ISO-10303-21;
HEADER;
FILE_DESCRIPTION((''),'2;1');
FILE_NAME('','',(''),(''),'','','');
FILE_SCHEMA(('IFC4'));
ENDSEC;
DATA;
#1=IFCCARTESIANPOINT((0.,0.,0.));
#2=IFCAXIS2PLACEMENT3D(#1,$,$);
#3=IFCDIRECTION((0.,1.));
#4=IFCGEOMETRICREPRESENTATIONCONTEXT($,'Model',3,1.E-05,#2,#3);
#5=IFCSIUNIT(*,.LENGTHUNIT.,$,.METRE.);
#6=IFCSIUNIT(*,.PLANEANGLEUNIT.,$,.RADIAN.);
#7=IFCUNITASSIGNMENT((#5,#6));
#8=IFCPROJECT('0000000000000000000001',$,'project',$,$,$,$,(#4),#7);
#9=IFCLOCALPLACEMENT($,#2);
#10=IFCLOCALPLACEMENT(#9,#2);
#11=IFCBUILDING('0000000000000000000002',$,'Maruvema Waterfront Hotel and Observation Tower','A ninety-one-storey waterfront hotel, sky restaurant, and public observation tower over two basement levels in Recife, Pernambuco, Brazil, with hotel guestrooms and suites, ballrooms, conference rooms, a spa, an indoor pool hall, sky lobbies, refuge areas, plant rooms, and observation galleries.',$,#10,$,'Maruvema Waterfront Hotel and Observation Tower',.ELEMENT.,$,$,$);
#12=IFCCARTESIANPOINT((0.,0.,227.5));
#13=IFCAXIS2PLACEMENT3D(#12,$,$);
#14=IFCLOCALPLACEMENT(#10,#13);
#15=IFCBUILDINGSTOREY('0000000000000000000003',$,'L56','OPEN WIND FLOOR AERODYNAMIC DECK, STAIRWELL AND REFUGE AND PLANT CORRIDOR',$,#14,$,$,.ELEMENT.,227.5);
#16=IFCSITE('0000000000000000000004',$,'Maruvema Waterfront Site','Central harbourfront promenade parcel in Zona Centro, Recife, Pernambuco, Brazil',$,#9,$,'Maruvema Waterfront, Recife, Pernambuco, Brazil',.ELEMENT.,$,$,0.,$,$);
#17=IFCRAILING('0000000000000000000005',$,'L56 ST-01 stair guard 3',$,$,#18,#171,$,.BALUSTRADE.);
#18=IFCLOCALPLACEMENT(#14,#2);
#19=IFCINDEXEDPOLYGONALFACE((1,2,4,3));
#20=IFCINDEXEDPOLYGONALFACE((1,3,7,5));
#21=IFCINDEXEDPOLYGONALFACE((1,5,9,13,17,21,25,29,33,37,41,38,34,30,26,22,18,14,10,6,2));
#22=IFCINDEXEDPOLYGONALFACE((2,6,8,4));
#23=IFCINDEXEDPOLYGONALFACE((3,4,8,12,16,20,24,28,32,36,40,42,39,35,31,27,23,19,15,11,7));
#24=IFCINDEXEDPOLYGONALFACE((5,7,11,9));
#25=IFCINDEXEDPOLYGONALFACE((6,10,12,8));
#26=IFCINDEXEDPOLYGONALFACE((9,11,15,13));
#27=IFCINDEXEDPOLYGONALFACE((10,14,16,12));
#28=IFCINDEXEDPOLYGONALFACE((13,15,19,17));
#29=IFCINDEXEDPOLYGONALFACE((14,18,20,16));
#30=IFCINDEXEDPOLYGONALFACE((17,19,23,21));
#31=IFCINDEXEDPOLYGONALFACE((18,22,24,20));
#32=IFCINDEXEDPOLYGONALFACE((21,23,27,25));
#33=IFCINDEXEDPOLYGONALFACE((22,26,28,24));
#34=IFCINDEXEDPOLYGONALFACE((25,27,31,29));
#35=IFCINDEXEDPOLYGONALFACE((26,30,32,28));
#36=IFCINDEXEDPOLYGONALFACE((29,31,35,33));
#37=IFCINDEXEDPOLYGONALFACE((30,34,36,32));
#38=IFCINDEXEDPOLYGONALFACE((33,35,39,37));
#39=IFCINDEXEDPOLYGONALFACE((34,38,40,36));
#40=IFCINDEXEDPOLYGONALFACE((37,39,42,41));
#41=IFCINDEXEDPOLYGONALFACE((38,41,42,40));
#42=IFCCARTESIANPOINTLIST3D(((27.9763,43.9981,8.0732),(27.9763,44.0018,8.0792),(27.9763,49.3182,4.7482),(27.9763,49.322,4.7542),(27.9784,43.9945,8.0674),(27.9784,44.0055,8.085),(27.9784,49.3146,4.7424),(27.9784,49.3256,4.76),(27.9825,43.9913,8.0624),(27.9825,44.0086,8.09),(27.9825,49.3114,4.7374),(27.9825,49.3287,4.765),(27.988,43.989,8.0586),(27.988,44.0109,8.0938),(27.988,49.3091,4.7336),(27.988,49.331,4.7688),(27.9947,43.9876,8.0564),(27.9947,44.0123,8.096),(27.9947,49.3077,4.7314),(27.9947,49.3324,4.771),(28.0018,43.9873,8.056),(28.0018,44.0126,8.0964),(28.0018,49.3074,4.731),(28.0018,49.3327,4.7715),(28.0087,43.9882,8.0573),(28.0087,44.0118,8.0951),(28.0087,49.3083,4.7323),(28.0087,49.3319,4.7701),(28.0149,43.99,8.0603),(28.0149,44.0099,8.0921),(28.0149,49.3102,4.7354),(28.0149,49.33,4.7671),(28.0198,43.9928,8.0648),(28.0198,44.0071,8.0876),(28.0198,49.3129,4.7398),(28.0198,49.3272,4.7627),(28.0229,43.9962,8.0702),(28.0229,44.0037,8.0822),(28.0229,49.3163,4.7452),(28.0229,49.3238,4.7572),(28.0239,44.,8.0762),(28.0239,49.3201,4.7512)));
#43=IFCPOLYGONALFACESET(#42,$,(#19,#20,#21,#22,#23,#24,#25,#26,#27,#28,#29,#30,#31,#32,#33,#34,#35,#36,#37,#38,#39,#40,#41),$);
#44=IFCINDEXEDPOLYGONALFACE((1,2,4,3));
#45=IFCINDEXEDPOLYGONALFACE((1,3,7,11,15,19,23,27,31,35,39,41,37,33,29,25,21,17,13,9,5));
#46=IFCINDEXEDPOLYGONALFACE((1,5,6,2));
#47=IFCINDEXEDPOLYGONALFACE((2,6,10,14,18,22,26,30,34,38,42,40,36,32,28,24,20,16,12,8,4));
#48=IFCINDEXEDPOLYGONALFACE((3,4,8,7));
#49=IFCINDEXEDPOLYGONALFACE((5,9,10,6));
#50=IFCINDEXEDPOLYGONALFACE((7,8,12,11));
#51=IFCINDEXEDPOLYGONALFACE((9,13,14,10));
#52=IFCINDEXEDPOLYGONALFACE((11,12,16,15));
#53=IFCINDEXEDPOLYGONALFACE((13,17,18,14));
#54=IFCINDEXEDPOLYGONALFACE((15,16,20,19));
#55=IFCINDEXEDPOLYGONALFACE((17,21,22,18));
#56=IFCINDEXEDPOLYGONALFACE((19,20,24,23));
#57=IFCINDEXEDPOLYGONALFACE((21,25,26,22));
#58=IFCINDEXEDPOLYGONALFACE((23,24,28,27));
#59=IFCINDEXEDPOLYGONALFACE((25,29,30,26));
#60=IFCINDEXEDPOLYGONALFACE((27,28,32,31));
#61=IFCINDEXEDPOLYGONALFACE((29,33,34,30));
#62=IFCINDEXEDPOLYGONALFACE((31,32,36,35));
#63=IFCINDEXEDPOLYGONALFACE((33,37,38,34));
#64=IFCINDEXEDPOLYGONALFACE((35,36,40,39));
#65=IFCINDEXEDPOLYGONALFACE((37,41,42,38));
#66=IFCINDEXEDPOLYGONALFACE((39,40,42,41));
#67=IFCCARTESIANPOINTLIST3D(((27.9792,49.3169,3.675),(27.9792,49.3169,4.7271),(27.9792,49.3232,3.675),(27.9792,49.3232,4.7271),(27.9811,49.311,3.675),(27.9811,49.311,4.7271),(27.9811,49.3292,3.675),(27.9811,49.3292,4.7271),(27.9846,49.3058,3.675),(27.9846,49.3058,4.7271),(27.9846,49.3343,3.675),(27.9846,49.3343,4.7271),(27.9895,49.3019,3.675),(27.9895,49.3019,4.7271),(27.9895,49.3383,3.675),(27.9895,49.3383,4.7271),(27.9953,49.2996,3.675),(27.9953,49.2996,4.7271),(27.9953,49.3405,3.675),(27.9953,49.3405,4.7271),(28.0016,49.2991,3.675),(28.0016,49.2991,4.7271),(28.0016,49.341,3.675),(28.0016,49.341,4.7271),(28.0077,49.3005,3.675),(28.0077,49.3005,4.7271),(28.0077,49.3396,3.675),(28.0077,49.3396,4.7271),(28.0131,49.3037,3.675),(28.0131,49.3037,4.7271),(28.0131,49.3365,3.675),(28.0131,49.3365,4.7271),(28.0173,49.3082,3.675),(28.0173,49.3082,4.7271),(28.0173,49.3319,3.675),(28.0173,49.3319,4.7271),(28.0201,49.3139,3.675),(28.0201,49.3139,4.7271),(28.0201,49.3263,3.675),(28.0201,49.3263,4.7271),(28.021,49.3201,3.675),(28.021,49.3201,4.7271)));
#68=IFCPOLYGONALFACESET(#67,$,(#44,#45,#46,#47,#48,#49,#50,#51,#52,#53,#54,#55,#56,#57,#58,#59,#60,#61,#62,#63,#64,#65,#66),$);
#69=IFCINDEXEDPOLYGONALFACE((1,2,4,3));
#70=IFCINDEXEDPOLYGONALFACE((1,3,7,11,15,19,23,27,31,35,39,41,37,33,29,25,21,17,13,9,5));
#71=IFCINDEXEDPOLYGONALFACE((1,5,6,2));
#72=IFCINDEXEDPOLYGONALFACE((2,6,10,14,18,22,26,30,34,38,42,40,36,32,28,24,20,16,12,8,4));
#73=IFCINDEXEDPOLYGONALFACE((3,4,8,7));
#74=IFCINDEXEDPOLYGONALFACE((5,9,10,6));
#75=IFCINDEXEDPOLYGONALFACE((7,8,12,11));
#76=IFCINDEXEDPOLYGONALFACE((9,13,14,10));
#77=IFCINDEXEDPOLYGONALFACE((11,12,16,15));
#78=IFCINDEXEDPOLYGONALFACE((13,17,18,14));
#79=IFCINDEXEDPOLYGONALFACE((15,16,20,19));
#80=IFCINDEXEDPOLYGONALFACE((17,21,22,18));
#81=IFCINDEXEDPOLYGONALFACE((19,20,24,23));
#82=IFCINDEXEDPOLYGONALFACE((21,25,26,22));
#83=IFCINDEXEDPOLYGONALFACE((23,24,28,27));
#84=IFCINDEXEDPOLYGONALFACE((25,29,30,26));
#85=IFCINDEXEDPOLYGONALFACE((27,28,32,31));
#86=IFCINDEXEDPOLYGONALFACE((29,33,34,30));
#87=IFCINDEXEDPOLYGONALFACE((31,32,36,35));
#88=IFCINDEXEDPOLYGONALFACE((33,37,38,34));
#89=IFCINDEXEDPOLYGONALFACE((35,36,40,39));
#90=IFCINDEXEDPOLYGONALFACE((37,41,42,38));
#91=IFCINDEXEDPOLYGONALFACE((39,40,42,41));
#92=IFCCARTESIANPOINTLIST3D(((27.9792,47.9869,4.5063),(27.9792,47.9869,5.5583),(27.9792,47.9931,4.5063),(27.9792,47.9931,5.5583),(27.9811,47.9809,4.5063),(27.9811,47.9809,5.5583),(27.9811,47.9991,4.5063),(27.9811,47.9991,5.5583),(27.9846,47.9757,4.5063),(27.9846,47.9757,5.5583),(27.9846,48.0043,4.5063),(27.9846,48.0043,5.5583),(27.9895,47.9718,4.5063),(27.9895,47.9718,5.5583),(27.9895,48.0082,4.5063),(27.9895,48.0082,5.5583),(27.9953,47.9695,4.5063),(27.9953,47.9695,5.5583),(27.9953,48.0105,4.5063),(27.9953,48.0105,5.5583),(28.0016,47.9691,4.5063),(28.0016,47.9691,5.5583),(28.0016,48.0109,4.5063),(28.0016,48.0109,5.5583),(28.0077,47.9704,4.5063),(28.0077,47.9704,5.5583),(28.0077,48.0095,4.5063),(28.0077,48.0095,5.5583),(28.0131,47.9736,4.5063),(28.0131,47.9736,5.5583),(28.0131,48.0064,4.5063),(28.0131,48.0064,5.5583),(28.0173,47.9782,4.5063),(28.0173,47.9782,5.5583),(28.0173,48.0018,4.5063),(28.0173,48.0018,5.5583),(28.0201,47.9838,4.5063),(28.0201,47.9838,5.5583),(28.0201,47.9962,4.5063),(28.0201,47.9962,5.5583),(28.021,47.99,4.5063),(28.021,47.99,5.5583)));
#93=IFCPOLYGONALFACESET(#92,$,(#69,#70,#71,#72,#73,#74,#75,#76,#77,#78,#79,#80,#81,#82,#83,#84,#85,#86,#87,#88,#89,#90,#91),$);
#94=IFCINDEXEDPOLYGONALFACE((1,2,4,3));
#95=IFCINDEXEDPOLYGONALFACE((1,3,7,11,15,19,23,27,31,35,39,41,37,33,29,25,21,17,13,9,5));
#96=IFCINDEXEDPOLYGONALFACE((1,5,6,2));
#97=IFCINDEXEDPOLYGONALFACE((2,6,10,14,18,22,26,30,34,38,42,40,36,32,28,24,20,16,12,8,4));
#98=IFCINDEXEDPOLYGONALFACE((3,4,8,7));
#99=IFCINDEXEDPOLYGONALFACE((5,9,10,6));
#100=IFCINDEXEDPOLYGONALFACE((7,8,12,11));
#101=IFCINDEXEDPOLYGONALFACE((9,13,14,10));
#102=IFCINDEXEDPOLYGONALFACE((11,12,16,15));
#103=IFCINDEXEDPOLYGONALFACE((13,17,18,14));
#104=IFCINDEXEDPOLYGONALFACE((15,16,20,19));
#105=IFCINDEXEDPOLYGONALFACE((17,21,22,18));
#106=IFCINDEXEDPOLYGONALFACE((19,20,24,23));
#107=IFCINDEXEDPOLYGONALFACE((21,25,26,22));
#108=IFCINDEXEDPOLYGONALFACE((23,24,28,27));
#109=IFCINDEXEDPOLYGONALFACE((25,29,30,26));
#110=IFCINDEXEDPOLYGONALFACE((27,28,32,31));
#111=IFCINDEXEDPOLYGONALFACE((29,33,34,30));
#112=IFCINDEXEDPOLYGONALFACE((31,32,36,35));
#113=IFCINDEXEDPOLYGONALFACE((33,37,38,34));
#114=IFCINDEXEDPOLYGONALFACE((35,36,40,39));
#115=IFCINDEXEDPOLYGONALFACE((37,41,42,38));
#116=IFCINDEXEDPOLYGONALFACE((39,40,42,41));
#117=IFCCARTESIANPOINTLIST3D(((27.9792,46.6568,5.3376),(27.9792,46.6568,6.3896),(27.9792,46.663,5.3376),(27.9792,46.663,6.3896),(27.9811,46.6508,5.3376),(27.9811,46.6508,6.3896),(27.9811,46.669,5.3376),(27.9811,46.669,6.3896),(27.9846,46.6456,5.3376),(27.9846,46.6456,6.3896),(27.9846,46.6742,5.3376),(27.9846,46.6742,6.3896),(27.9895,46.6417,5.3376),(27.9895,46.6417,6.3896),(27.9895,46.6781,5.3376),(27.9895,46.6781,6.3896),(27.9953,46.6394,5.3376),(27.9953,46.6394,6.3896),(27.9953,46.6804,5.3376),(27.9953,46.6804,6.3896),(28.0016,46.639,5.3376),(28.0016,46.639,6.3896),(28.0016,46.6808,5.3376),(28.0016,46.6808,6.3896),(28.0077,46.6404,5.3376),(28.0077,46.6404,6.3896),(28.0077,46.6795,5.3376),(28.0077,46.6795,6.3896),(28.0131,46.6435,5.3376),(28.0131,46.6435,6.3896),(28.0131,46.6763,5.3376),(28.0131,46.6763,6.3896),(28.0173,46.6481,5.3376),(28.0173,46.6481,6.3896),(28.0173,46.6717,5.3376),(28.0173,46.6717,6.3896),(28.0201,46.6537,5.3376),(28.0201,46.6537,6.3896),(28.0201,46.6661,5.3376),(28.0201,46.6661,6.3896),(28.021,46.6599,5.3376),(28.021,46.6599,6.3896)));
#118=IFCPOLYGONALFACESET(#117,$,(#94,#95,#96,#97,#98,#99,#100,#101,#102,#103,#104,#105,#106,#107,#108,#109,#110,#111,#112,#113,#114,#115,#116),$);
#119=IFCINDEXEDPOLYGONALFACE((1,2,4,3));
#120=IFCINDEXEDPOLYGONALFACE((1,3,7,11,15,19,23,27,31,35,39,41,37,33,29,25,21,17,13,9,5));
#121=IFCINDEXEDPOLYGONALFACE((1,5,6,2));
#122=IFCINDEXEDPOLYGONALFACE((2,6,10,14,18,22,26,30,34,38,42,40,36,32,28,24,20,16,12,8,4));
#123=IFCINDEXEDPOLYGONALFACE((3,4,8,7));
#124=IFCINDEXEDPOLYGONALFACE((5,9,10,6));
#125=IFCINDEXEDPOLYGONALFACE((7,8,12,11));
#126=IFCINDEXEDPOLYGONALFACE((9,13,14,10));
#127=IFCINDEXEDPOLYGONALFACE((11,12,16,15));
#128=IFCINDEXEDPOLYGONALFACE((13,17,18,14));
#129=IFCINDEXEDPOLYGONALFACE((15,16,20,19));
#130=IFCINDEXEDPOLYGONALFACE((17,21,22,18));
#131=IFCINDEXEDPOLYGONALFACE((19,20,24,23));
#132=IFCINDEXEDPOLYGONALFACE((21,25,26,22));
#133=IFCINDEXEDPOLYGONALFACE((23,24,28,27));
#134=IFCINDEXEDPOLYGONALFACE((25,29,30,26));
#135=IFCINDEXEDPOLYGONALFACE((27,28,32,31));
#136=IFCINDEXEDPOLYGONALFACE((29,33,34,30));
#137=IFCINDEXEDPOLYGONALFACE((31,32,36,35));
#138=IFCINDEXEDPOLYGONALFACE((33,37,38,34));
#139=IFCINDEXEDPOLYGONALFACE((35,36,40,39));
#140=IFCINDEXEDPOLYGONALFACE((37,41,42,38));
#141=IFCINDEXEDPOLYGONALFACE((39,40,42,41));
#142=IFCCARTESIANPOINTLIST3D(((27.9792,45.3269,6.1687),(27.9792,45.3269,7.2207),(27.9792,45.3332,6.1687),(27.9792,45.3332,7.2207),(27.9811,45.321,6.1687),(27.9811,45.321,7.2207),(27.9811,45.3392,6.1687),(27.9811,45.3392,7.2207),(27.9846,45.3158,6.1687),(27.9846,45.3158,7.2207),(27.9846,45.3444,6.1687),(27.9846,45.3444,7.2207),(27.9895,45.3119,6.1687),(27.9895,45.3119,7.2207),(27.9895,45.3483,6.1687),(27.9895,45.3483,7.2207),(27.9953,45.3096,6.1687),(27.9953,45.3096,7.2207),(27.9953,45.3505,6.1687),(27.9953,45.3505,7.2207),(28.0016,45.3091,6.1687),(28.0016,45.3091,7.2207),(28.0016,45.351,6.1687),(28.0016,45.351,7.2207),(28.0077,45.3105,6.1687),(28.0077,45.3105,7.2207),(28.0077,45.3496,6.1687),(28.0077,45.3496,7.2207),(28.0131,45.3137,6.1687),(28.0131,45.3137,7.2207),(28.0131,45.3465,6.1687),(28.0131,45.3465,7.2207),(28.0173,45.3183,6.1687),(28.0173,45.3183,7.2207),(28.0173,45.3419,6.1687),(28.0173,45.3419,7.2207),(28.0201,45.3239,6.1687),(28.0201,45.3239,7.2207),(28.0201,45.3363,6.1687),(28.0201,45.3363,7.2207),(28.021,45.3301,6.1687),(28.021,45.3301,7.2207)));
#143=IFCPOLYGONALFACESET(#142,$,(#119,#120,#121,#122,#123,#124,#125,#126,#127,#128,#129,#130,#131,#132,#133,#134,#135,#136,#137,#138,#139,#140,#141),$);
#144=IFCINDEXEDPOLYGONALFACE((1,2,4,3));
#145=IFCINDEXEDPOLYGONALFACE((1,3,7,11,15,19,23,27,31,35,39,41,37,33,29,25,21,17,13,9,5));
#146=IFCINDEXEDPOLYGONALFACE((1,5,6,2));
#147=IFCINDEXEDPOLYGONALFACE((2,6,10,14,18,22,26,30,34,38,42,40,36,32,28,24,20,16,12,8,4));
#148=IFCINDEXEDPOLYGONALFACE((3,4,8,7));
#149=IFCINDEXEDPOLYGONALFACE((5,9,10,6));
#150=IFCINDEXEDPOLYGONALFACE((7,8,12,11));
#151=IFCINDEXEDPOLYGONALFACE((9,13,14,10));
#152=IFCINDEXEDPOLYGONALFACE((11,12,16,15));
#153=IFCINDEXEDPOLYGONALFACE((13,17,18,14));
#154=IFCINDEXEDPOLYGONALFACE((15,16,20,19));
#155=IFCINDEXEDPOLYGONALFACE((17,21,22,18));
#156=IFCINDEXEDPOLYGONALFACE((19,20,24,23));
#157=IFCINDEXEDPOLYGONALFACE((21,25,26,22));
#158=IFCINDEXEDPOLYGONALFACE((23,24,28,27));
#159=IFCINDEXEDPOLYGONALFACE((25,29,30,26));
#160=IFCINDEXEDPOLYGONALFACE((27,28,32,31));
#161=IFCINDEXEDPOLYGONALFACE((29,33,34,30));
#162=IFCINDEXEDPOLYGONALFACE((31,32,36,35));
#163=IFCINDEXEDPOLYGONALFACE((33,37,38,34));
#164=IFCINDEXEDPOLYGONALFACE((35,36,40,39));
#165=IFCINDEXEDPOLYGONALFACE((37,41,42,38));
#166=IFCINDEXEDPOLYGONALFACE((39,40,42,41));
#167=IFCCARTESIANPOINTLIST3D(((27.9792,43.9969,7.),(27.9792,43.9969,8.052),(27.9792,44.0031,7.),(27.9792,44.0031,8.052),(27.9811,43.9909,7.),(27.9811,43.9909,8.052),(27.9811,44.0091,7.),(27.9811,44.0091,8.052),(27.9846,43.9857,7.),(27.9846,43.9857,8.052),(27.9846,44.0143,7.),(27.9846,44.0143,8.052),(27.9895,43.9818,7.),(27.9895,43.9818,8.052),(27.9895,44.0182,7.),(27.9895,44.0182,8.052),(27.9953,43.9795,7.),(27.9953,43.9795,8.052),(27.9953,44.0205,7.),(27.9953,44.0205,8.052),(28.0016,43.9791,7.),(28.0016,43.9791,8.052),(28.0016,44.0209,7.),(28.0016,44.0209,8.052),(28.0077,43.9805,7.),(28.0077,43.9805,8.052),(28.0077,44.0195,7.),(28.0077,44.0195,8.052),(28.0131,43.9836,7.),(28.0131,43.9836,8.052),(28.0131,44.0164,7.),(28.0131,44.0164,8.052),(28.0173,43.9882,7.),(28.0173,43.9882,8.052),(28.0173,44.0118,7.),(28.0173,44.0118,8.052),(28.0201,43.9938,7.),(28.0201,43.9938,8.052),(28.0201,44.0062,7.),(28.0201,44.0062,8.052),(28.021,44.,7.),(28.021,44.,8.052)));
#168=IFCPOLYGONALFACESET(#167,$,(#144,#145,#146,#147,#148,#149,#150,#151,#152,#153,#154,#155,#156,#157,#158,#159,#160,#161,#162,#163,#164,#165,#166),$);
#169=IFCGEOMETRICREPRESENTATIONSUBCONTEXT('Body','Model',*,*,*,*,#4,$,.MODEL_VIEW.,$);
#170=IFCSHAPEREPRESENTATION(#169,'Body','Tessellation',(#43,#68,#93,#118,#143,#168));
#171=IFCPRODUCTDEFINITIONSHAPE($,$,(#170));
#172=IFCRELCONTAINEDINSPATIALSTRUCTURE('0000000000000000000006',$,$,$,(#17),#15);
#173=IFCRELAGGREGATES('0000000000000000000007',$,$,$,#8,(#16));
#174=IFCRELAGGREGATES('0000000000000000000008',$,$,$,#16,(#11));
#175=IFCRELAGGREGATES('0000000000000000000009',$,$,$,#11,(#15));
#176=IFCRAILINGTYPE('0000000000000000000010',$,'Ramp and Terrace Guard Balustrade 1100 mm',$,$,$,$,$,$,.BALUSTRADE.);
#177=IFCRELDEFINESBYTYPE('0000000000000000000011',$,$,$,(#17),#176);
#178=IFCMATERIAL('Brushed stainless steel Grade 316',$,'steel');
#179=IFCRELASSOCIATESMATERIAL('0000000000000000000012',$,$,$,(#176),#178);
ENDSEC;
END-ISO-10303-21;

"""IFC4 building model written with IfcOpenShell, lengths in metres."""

from ifc_helpers import new_model, si_unit, direction, frame, origin, origin_2d, place, context, subcontext, project, spatial, circle, extrude, material, type_object, element, save


model = new_model("IFC4")

# Units and contexts
model_context = context("Model", 3, precision=1e-05, world=origin(), true_north=direction((0.0, 1.0)))
body_context = subcontext(model_context, "Body", "Model", "MODEL_VIEW")
ifc_project = project(units=[si_unit("LENGTHUNIT", "METRE"), si_unit("PLANEANGLEUNIT", "RADIAN")], contexts=[model_context])

# Site, building, storey
site_placement = place(None, origin())
site = spatial("IfcSite", under=ifc_project, at=site_placement, Name="Maruvema Waterfront Site", Description="Central harbourfront promenade parcel in Zona Centro, Recife, Pernambuco, Brazil", LongName="Maruvema Waterfront, Recife, Pernambuco, Brazil", CompositionType="ELEMENT", RefElevation=0.0)
building_placement = place(site_placement, origin())
building = spatial("IfcBuilding", under=site, at=building_placement, Name="Maruvema Waterfront Hotel and Observation Tower", Description="A ninety-one-storey waterfront hotel, sky restaurant, and public observation tower over two basement levels in Recife, Pernambuco, Brazil, with hotel guestrooms and suites, ballrooms, conference rooms, a spa, an indoor pool hall, sky lobbies, refuge areas, plant rooms, and observation galleries.", LongName="Maruvema Waterfront Hotel and Observation Tower", CompositionType="ELEMENT")
storey_placement = place(building_placement, frame((0.0, 0.0, 227.5)))
storey = spatial("IfcBuildingStorey", under=building, at=storey_placement, Name="L56", Description="OPEN WIND FLOOR AERODYNAMIC DECK, STAIRWELL AND REFUGE AND PLANT CORRIDOR", CompositionType="ELEMENT", Elevation=227.5)

# Railing
ifc_material_1 = material(Name="Brushed stainless steel Grade 316", Category="steel")
railing_type_1 = type_object("IfcRailingType", Name="Ramp and Terrace Guard Balustrade 1100 mm", PredefinedType="BALUSTRADE", material=ifc_material_1)
railing_1_placement = place(storey_placement, frame((28.0, 49.3201, 3.675)))
element("IfcRailing", 1, at=railing_1_placement, inside=storey, type_object=railing_type_1, Name="L56 ST-01 stair guard 3", PredefinedType="BALUSTRADE", context=body_context, shape_type="SweptSolid", body=[
    extrude(circle(Radius=0.0239, at=origin_2d()), frame((0.0, 0.0, 1.0762), z_axis=(0.0, -0.848005, 0.529988), x_axis=(1.0, 0.0, 0.0)), (0.0, 0.0, 1.0), 6.2737),
    extrude(circle(Radius=0.021, at=origin_2d()), origin(), (0.0, 0.0, 1.0), 1.052),
    extrude(circle(Radius=0.021, at=origin_2d()), frame((0.0, -1.3301, 0.8313)), (0.0, 0.0, 1.0), 1.052),
    extrude(circle(Radius=0.021, at=origin_2d()), frame((0.0, -2.6602, 1.6626)), (0.0, 0.0, 1.0), 1.052),
    extrude(circle(Radius=0.021, at=origin_2d()), frame((0.0, -3.99, 2.4937)), (0.0, 0.0, 1.0), 1.052),
    extrude(circle(Radius=0.021, at=origin_2d()), frame((0.0, -5.3201, 3.325)), (0.0, 0.0, 1.0), 1.052),
])

save(model, "model.ifc")
